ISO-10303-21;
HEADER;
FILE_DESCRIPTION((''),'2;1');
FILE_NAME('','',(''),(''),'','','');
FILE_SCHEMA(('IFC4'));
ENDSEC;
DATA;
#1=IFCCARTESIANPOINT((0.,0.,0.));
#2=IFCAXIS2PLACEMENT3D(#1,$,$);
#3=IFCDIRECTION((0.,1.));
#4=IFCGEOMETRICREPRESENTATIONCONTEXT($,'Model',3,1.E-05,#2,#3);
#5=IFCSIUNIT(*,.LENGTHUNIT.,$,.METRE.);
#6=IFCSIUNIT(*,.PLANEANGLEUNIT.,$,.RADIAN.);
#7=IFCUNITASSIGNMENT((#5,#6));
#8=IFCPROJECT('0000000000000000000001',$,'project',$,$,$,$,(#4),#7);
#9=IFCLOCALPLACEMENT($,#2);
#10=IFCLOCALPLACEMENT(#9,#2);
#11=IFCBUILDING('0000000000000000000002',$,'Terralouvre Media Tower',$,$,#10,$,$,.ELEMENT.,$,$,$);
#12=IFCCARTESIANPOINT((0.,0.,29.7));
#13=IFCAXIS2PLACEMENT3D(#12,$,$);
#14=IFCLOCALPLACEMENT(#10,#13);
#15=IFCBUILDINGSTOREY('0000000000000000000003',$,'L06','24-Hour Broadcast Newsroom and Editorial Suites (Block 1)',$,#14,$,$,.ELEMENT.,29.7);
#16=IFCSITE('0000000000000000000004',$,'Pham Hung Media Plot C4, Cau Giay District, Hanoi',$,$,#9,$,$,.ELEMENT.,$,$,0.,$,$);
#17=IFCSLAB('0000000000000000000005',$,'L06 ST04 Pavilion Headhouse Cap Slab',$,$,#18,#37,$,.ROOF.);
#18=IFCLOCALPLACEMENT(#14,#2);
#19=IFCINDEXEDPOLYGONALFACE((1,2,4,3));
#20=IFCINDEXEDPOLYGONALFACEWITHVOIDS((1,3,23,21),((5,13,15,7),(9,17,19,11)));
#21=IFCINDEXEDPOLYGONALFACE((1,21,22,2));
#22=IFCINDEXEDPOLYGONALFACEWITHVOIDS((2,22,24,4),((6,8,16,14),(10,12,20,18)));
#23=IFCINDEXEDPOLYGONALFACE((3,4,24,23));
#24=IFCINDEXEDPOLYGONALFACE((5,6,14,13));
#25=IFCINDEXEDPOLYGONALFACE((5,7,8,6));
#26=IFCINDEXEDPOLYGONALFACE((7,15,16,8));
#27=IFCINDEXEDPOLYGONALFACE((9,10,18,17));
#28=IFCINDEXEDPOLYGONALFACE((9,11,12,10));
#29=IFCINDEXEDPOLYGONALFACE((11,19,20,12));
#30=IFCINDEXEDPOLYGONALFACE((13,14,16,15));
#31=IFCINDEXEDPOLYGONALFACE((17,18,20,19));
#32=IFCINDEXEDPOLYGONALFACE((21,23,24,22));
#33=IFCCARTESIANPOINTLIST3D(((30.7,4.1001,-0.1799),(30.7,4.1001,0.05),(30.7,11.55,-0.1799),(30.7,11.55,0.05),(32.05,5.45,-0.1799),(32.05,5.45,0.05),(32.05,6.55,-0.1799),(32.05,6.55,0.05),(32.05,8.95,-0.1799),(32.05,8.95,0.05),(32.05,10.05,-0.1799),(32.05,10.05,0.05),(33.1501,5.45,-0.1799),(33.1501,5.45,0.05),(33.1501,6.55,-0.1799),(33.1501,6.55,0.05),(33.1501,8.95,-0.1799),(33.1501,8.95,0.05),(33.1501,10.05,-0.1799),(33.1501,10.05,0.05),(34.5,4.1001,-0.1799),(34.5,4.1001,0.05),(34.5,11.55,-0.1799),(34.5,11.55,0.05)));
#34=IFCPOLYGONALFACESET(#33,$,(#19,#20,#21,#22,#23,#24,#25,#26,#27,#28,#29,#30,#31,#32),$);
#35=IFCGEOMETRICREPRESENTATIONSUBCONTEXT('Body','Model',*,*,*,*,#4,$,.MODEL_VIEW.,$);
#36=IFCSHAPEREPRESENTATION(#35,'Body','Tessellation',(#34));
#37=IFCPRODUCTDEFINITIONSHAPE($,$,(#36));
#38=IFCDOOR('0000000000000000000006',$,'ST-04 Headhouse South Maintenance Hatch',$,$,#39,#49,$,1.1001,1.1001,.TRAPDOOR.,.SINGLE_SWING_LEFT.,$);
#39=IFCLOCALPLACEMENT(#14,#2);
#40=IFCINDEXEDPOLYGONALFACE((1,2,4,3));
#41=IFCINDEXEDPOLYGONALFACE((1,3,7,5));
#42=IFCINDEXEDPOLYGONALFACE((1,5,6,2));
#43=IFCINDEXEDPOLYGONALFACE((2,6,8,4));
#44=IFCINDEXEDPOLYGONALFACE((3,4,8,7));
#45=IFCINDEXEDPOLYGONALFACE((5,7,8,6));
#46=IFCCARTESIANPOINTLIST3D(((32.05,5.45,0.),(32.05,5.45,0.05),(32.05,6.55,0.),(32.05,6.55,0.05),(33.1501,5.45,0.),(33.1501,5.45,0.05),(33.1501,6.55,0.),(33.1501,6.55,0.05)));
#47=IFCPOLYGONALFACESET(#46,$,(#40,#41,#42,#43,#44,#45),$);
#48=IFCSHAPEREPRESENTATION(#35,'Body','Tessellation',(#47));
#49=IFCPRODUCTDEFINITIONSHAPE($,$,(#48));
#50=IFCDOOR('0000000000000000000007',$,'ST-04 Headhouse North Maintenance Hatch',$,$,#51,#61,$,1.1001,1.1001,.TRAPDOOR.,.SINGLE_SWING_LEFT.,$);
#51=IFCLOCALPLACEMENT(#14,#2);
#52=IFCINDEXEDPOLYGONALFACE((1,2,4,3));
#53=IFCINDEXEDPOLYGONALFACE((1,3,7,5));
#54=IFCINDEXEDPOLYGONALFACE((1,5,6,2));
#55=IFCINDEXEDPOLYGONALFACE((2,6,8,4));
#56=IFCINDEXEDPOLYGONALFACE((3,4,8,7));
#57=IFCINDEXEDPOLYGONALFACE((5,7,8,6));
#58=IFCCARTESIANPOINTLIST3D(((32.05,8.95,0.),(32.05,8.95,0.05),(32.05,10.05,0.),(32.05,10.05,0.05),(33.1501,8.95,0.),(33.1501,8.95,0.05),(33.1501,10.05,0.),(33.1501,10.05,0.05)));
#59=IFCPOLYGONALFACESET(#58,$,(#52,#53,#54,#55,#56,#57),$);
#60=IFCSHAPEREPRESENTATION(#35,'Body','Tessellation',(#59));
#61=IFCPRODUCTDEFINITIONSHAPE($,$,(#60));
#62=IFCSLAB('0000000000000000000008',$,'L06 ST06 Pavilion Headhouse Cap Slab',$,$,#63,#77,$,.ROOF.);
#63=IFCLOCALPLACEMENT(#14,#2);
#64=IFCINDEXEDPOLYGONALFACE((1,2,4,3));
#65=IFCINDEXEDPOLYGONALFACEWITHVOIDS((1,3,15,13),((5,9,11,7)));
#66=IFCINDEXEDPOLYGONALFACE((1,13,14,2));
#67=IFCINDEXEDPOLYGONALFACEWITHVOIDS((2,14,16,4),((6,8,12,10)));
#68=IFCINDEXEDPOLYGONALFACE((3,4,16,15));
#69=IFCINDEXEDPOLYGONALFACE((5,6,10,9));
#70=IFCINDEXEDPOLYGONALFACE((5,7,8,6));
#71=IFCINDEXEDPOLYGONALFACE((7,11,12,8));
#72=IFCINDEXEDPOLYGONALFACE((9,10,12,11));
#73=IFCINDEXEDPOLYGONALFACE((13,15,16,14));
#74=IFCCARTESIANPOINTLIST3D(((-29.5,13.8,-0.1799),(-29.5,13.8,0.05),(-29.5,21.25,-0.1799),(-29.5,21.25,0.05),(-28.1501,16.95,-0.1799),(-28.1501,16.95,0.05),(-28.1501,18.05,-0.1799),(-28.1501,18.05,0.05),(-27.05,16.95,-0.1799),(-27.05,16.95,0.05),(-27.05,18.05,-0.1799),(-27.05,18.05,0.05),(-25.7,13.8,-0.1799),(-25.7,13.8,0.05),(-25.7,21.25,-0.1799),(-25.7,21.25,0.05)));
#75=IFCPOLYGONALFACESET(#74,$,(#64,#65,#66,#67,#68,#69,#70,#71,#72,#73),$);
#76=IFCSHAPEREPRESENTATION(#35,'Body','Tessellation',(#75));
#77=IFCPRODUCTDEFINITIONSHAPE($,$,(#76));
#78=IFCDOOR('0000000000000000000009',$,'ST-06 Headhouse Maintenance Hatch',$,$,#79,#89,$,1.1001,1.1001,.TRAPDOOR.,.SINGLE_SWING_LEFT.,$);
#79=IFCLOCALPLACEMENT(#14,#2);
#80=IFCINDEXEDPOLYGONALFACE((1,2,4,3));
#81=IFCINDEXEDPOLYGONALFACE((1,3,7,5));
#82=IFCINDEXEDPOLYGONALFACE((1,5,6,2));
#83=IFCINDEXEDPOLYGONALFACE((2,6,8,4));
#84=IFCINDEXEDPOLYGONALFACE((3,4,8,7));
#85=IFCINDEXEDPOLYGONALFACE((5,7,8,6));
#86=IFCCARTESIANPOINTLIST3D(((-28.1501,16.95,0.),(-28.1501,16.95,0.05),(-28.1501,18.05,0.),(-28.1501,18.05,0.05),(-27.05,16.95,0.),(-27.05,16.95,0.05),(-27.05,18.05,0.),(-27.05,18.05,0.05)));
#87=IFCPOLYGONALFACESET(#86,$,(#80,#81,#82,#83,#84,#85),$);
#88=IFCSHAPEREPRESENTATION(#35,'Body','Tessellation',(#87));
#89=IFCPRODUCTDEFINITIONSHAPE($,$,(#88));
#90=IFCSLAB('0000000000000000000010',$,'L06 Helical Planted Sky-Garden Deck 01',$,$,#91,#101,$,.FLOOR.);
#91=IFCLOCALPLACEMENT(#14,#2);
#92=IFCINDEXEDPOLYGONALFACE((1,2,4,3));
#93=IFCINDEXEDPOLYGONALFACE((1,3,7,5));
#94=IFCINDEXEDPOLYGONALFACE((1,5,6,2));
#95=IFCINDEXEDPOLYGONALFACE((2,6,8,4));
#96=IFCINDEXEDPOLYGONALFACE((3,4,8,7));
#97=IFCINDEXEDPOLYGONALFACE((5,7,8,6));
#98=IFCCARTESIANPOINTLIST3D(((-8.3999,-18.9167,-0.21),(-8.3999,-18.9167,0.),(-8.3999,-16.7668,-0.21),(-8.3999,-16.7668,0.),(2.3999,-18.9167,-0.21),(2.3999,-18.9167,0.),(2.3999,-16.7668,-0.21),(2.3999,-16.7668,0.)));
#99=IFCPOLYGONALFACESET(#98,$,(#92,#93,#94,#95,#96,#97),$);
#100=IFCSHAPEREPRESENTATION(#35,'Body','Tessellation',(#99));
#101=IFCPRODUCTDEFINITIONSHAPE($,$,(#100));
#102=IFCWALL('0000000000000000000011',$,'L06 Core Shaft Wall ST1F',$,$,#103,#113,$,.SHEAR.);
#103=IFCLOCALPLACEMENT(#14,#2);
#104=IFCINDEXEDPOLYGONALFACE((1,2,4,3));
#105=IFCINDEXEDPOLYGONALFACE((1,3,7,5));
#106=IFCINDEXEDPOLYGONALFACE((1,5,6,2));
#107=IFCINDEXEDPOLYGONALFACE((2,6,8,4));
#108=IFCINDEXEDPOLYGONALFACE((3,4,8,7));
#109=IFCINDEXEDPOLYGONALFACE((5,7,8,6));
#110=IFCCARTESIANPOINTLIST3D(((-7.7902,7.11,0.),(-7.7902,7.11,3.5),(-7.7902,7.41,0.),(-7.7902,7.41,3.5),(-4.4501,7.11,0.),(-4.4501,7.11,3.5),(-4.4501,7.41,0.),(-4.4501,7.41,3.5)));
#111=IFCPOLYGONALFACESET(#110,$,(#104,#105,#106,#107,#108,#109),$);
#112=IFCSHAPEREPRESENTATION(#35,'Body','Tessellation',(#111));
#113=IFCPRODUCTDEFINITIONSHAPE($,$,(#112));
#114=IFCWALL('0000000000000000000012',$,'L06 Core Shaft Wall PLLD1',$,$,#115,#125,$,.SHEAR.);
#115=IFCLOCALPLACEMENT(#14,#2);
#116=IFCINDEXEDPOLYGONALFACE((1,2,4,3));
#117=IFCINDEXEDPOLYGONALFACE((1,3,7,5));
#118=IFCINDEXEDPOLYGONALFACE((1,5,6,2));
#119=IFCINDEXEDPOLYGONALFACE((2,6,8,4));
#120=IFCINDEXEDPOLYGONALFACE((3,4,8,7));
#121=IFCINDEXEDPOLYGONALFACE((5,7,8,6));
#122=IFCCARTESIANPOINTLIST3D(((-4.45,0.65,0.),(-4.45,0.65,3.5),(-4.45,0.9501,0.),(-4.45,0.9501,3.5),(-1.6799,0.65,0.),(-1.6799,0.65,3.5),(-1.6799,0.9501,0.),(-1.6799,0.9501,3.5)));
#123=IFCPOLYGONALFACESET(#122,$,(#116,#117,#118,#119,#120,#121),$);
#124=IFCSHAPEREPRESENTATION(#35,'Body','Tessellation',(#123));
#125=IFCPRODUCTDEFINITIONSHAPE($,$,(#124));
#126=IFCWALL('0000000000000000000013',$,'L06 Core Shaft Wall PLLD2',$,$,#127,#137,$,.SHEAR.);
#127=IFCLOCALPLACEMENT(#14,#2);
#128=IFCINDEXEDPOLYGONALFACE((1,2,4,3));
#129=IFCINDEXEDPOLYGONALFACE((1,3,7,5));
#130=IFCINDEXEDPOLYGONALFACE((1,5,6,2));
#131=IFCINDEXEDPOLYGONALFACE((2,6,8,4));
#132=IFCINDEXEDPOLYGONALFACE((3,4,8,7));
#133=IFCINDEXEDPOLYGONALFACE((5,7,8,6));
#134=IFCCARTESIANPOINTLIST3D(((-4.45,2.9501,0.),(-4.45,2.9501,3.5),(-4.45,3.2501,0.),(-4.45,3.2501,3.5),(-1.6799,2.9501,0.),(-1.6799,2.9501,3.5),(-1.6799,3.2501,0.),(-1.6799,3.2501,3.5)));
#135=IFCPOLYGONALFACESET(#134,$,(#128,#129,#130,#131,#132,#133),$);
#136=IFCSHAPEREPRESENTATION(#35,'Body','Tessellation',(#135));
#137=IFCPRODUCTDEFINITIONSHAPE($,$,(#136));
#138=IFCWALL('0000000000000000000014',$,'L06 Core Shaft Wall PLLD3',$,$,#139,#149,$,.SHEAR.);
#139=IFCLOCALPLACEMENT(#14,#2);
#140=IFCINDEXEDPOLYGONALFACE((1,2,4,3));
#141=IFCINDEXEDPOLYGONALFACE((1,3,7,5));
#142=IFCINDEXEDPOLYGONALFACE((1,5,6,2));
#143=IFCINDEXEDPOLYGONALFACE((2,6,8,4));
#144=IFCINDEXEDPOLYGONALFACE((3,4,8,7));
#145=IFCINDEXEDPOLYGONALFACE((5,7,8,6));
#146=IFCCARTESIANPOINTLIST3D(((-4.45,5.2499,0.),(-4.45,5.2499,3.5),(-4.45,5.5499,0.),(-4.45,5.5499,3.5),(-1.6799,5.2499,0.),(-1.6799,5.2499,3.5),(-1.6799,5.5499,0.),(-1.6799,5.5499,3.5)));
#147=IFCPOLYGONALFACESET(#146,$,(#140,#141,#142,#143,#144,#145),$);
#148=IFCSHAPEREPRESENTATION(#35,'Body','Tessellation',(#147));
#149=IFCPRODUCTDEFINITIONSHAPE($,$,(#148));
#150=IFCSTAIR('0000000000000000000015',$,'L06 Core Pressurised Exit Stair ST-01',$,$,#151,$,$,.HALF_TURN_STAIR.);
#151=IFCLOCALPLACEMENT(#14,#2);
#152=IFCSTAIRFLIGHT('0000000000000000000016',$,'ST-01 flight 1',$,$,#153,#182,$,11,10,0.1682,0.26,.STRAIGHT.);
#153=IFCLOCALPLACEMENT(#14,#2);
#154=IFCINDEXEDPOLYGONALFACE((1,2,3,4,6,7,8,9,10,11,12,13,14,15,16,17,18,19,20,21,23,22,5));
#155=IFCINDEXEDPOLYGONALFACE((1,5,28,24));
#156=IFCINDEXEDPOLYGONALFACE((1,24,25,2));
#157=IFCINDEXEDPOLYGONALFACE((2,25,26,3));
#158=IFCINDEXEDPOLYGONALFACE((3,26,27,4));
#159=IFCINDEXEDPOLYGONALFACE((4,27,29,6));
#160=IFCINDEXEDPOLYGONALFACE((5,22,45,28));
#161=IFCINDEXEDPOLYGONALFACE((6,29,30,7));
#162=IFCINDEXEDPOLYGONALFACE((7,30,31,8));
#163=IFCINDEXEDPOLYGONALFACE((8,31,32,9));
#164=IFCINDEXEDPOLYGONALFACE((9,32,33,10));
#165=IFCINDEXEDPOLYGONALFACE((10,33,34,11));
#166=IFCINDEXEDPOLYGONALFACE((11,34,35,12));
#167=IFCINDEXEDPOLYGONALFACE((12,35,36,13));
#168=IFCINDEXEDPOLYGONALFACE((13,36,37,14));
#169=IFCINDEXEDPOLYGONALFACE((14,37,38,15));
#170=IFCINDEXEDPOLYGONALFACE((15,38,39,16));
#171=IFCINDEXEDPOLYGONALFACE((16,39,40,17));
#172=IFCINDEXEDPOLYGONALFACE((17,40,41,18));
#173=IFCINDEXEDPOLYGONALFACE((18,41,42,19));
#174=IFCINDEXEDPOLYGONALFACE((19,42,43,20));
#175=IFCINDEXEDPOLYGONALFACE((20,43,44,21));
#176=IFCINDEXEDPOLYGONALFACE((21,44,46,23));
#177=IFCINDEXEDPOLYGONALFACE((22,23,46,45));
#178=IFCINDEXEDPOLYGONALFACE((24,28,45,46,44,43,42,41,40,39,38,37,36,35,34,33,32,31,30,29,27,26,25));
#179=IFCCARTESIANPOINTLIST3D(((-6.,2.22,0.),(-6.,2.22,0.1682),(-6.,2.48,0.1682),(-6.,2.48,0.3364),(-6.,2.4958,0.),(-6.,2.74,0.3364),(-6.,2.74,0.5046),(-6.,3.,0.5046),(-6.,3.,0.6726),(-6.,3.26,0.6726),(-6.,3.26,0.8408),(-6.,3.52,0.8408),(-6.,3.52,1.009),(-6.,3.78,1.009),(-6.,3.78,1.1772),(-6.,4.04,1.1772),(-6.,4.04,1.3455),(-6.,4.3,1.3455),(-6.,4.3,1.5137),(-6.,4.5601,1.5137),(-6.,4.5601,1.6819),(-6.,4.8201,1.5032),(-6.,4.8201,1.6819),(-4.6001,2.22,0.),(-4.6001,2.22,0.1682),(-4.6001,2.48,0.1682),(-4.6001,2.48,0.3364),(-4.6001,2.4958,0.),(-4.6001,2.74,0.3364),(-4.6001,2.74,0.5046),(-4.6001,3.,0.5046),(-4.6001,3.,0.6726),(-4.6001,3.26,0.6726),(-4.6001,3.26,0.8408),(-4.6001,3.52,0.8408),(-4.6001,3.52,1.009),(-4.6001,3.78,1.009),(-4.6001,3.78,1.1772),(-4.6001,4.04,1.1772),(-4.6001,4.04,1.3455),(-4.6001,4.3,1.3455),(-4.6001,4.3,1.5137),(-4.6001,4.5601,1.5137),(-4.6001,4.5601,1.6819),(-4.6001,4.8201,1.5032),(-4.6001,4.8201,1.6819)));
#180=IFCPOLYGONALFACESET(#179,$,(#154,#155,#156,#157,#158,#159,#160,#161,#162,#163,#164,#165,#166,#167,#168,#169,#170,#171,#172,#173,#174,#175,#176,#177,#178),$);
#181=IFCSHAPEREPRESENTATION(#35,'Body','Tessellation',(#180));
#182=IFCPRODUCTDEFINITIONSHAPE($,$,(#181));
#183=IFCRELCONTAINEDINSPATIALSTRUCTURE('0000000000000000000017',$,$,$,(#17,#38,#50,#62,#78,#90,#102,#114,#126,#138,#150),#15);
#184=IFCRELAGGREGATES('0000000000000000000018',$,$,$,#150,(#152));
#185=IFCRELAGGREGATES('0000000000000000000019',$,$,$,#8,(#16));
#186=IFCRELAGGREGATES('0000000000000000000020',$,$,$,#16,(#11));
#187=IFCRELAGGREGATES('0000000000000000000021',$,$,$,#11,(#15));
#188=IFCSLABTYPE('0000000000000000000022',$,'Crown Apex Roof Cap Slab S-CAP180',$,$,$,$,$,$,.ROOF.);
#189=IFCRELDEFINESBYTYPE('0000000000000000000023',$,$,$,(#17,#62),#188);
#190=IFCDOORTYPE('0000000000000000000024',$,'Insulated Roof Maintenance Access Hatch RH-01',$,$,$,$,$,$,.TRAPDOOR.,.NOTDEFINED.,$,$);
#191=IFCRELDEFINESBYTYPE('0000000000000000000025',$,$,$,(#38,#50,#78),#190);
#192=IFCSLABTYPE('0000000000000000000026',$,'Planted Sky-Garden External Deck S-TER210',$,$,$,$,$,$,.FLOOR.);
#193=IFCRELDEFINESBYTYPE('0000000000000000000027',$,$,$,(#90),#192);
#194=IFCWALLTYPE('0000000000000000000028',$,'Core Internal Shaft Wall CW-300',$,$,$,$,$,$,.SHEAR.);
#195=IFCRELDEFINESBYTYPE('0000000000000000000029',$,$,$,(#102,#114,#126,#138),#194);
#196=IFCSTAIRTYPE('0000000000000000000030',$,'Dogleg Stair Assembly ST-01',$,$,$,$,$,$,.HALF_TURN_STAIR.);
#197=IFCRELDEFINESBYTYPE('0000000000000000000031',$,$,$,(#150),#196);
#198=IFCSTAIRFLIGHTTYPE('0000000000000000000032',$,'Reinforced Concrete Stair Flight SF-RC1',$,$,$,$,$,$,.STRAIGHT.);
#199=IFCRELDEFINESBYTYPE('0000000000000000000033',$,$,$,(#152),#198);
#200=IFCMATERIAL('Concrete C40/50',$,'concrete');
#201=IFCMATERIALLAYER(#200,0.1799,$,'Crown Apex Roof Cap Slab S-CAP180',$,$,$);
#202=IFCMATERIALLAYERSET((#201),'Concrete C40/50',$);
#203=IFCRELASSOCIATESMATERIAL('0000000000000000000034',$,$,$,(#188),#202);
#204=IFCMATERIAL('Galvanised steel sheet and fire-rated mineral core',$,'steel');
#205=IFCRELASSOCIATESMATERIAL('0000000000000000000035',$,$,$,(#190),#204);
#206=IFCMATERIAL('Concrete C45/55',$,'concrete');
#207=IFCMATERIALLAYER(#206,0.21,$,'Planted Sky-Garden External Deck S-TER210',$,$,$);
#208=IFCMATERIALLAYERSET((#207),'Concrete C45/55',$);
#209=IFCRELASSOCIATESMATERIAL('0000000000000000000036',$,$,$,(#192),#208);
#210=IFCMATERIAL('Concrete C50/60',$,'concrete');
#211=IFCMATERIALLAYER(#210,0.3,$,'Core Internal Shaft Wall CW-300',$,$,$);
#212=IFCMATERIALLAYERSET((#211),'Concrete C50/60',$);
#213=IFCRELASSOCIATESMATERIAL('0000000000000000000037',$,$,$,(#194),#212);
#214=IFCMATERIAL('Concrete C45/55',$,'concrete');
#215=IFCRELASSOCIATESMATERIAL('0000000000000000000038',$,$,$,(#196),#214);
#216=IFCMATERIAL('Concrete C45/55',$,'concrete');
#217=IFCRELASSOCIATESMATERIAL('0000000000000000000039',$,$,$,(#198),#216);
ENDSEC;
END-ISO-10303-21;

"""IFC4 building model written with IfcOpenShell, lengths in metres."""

from ifc_helpers import new_model, si_unit, direction, frame, frame_2d, origin, origin_2d, place, context, subcontext, project, spatial, polyline, rectangle, outline, extrude, material, layer, layer_set, type_object, element, fill, aggregate, save


model = new_model("IFC4")

# Units and contexts
model_context = context("Model", 3, precision=1e-05, world=origin(), true_north=direction((0.0, 1.0)))
body_context = subcontext(model_context, "Body", "Model", "MODEL_VIEW")
ifc_project = project(units=[si_unit("LENGTHUNIT", "METRE"), si_unit("PLANEANGLEUNIT", "RADIAN")], contexts=[model_context])

# Site, building, storey
site_placement = place(None, origin())
site = spatial("IfcSite", under=ifc_project, at=site_placement, Name="Pham Hung Media Plot C4, Cau Giay District, Hanoi", CompositionType="ELEMENT", RefElevation=0.0)
building_placement = place(site_placement, origin())
building = spatial("IfcBuilding", under=site, at=building_placement, Name="Terralouvre Media Tower", CompositionType="ELEMENT")
storey_placement = place(building_placement, frame((0.0, 0.0, 29.7)))
storey = spatial("IfcBuildingStorey", under=building, at=storey_placement, Name="L06", Description="24-Hour Broadcast Newsroom and Editorial Suites (Block 1)", CompositionType="ELEMENT", Elevation=29.7)

# Slab, openings, doors
ifc_material_1 = material(Name="Concrete C40/50", Category="concrete")
ifc_layer_1 = layer(ifc_material_1, 0.1799, Name="Crown Apex Roof Cap Slab S-CAP180")
ifc_layer_set_1 = layer_set([ifc_layer_1], Name="Concrete C40/50")
slab_type_1 = type_object("IfcSlabType", Name="Crown Apex Roof Cap Slab S-CAP180", PredefinedType="ROOF", material=ifc_layer_set_1)
ifc_material_2 = material(Name="Galvanised steel sheet and fire-rated mineral core", Category="steel")
door_type_1 = type_object("IfcDoorType", Name="Insulated Roof Maintenance Access Hatch RH-01", OperationType="NOTDEFINED", PredefinedType="TRAPDOOR", material=ifc_material_2)
slab_1_placement = place(storey_placement, frame((0.0, 0.0, -0.1799)))
slab_1 = element("IfcSlab", 1, at=slab_1_placement, inside=storey, type_object=slab_type_1, Name="L06 ST04 Pavilion Headhouse Cap Slab", PredefinedType="ROOF", context=body_context, shape_type="SweptSolid", body=[
    extrude(outline(polyline([(30.7, 4.1001), (34.5, 4.1001), (34.5, 11.55), (30.7, 11.55), (30.7, 4.1001)])), origin(), (0.0, 0.0, 1.0), 0.23),
])
opening_1_placement = place(slab_1_placement, frame((32.6001, 6.0, 0.0)))
opening_1 = element("IfcOpeningElement", 2, at=opening_1_placement, cuts=slab_1, PredefinedType="OPENING", context=body_context, shape_type="SweptSolid", body=[
    extrude(rectangle(XDim=1.1001, YDim=1.1001, at=origin_2d()), origin(), (0.0, 0.0, 1.0), 0.23),
])
opening_2_placement = place(slab_1_placement, frame((32.6001, 9.5, 0.0)))
opening_2 = element("IfcOpeningElement", 3, at=opening_2_placement, cuts=slab_1, PredefinedType="OPENING", context=body_context, shape_type="SweptSolid", body=[
    extrude(rectangle(XDim=1.1001, YDim=1.1001, at=origin_2d()), origin(), (0.0, 0.0, 1.0), 0.23),
])
door_1_placement = place(opening_1_placement, frame((0.0, 0.0, 0.1799)))
door_1 = element("IfcDoor", 4, at=door_1_placement, inside=storey, type_object=door_type_1, Name="ST-04 Headhouse South Maintenance Hatch", OperationType="SINGLE_SWING_LEFT", OverallHeight=1.1001, OverallWidth=1.1001, PredefinedType="TRAPDOOR", context=body_context, shape_type="SweptSolid", body=[
    extrude(rectangle(XDim=1.1001, YDim=1.1001, at=origin_2d()), origin(), (0.0, 0.0, 1.0), 0.05),
])
fill(opening_1, door_1)
door_2_placement = place(opening_2_placement, frame((0.0, 0.0, 0.1799)))
door_2 = element("IfcDoor", 5, at=door_2_placement, inside=storey, type_object=door_type_1, Name="ST-04 Headhouse North Maintenance Hatch", OperationType="SINGLE_SWING_LEFT", OverallHeight=1.1001, OverallWidth=1.1001, PredefinedType="TRAPDOOR", context=body_context, shape_type="SweptSolid", body=[
    extrude(rectangle(XDim=1.1001, YDim=1.1001, at=origin_2d()), origin(), (0.0, 0.0, 1.0), 0.05),
])
fill(opening_2, door_2)

# Slab, opening, door
slab_2_placement = place(storey_placement, frame((0.0, 0.0, -0.1799)))
slab_2 = element("IfcSlab", 6, at=slab_2_placement, inside=storey, type_object=slab_type_1, Name="L06 ST06 Pavilion Headhouse Cap Slab", PredefinedType="ROOF", context=body_context, shape_type="SweptSolid", body=[
    extrude(outline(polyline([(-29.5, 13.8), (-25.7, 13.8), (-25.7, 21.25), (-29.5, 21.25), (-29.5, 13.8)])), origin(), (0.0, 0.0, 1.0), 0.23),
])
opening_3_placement = place(slab_2_placement, frame((-27.6001, 17.5, 0.0)))
opening_3 = element("IfcOpeningElement", 7, at=opening_3_placement, cuts=slab_2, PredefinedType="OPENING", context=body_context, shape_type="SweptSolid", body=[
    extrude(rectangle(XDim=1.1001, YDim=1.1001, at=origin_2d()), origin(), (0.0, 0.0, 1.0), 0.23),
])
door_3_placement = place(opening_3_placement, frame((0.0, 0.0, 0.1799)))
door_3 = element("IfcDoor", 8, at=door_3_placement, inside=storey, type_object=door_type_1, Name="ST-06 Headhouse Maintenance Hatch", OperationType="SINGLE_SWING_LEFT", OverallHeight=1.1001, OverallWidth=1.1001, PredefinedType="TRAPDOOR", context=body_context, shape_type="SweptSolid", body=[
    extrude(rectangle(XDim=1.1001, YDim=1.1001, at=origin_2d()), origin(), (0.0, 0.0, 1.0), 0.05),
])
fill(opening_3, door_3)

# Slab
ifc_material_3 = material(Name="Concrete C45/55", Category="concrete")
ifc_layer_2 = layer(ifc_material_3, 0.21, Name="Planted Sky-Garden External Deck S-TER210")
ifc_layer_set_2 = layer_set([ifc_layer_2], Name="Concrete C45/55")
slab_type_2 = type_object("IfcSlabType", Name="Planted Sky-Garden External Deck S-TER210", PredefinedType="FLOOR", material=ifc_layer_set_2)
slab_3_placement = place(storey_placement, frame((0.0, 0.0, -0.21)))
element("IfcSlab", 9, at=slab_3_placement, inside=storey, type_object=slab_type_2, Name="L06 Helical Planted Sky-Garden Deck 01", PredefinedType="FLOOR", context=body_context, shape_type="SweptSolid", body=[
    extrude(outline(polyline([(-8.3999, -18.9167), (2.3999, -18.9167), (2.3999, -16.7668), (-8.3999, -16.7668), (-8.3999, -18.9167)])), origin(), (0.0, 0.0, 1.0), 0.21),
])

# Shared definitions
ifc_material_4 = material(Name="Concrete C50/60", Category="concrete")
ifc_layer_3 = layer(ifc_material_4, 0.3, Name="Core Internal Shaft Wall CW-300")
ifc_layer_set_3 = layer_set([ifc_layer_3], Name="Concrete C50/60")
wall_type_1 = type_object("IfcWallType", Name="Core Internal Shaft Wall CW-300", PredefinedType="SHEAR", material=ifc_layer_set_3)

# Walls
wall_1_placement = place(storey_placement, frame((-7.79, 7.26, 0.0), z_axis=(0.0, 0.0, 1.0), x_axis=(1.0, 0.0, 0.0)))
element("IfcWall", 10, at=wall_1_placement, inside=storey, type_object=wall_type_1, Name="L06 Core Shaft Wall ST1F", PredefinedType="SHEAR", context=body_context, shape_type="SweptSolid", body=[
    extrude(rectangle(XDim=3.3401, YDim=0.3, at=frame_2d((1.6699, 0.0))), origin(), (0.0, 0.0, 1.0), 3.5),
])
for number, where, z_axis, x_axis, name in (
    (11, (-4.45, 0.8, 0.0), (0.0, 0.0, 1.0), (1.0, 0.0, 0.0), "L06 Core Shaft Wall PLLD1"),
    (12, (-4.45, 3.1001, 0.0), (0.0, 0.0, 1.0), (1.0, 0.0, 0.0), "L06 Core Shaft Wall PLLD2"),
    (13, (-4.45, 5.3999, 0.0), (0.0, 0.0, 1.0), (1.0, 0.0, 0.0), "L06 Core Shaft Wall PLLD3"),
):
    element("IfcWall", number, at=place(storey_placement, frame(where, z_axis=z_axis, x_axis=x_axis)), inside=storey, type_object=wall_type_1, Name=name, PredefinedType="SHEAR", context=body_context, shape_type="SweptSolid", body=[
        extrude(rectangle(XDim=2.77, YDim=0.3, at=frame_2d((1.385, 0.0))), origin(), (0.0, 0.0, 1.0), 3.5),
    ])

# Stair, stair flight
ifc_material_5 = material(Name="Concrete C45/55", Category="concrete")
stair_type = type_object("IfcStairType", Name="Dogleg Stair Assembly ST-01", PredefinedType="HALF_TURN_STAIR", material=ifc_material_5)
stair_placement = place(storey_placement, origin())
stair = element("IfcStair", 14, at=stair_placement, inside=storey, type_object=stair_type, Name="L06 Core Pressurised Exit Stair ST-01", PredefinedType="HALF_TURN_STAIR")
ifc_material_6 = material(Name="Concrete C45/55", Category="concrete")
stair_flight_type = type_object("IfcStairFlightType", Name="Reinforced Concrete Stair Flight SF-RC1", PredefinedType="STRAIGHT", material=ifc_material_6)
stair_flight_1_placement = place(storey_placement, frame((-5.3, 2.22, 0.0), z_axis=(0.0, 0.0, 1.0), x_axis=(0.0, 1.0, 0.0)))
stair_flight_1 = element("IfcStairFlight", 15, at=stair_flight_1_placement, type_object=stair_flight_type, Name="ST-01 flight 1", NumberOfRisers=11, NumberOfTreads=10, PredefinedType="STRAIGHT", RiserHeight=0.1682, TreadLength=0.26, context=body_context, shape_type="SweptSolid", body=[
    extrude(outline(polyline([(0.0, 0.0), (0.0, 0.1682), (0.26, 0.1682), (0.26, 0.3364), (0.52, 0.3364), (0.52, 0.5046), (0.78, 0.5046), (0.78, 0.6726), (1.04, 0.6726), (1.04, 0.8408), (1.3, 0.8408), (1.3, 1.009), (1.5601, 1.009), (1.5601, 1.1772), (1.8201, 1.1772), (1.8201, 1.3455), (2.0801, 1.3455), (2.0801, 1.5137), (2.3401, 1.5137), (2.3401, 1.6819), (2.6001, 1.6819), (2.6001, 1.8501), (2.6001, 1.5032), (0.2759, 0.0), (0.0, 0.0)])), frame((0.0, 0.7, 0.0), z_axis=(0.0, -1.0, 0.0), x_axis=(1.0, 0.0, 0.0)), (0.0, 0.0, 1.0), 1.3999),
])
aggregate(stair, [stair_flight_1])

save(model, "model.ifc")
